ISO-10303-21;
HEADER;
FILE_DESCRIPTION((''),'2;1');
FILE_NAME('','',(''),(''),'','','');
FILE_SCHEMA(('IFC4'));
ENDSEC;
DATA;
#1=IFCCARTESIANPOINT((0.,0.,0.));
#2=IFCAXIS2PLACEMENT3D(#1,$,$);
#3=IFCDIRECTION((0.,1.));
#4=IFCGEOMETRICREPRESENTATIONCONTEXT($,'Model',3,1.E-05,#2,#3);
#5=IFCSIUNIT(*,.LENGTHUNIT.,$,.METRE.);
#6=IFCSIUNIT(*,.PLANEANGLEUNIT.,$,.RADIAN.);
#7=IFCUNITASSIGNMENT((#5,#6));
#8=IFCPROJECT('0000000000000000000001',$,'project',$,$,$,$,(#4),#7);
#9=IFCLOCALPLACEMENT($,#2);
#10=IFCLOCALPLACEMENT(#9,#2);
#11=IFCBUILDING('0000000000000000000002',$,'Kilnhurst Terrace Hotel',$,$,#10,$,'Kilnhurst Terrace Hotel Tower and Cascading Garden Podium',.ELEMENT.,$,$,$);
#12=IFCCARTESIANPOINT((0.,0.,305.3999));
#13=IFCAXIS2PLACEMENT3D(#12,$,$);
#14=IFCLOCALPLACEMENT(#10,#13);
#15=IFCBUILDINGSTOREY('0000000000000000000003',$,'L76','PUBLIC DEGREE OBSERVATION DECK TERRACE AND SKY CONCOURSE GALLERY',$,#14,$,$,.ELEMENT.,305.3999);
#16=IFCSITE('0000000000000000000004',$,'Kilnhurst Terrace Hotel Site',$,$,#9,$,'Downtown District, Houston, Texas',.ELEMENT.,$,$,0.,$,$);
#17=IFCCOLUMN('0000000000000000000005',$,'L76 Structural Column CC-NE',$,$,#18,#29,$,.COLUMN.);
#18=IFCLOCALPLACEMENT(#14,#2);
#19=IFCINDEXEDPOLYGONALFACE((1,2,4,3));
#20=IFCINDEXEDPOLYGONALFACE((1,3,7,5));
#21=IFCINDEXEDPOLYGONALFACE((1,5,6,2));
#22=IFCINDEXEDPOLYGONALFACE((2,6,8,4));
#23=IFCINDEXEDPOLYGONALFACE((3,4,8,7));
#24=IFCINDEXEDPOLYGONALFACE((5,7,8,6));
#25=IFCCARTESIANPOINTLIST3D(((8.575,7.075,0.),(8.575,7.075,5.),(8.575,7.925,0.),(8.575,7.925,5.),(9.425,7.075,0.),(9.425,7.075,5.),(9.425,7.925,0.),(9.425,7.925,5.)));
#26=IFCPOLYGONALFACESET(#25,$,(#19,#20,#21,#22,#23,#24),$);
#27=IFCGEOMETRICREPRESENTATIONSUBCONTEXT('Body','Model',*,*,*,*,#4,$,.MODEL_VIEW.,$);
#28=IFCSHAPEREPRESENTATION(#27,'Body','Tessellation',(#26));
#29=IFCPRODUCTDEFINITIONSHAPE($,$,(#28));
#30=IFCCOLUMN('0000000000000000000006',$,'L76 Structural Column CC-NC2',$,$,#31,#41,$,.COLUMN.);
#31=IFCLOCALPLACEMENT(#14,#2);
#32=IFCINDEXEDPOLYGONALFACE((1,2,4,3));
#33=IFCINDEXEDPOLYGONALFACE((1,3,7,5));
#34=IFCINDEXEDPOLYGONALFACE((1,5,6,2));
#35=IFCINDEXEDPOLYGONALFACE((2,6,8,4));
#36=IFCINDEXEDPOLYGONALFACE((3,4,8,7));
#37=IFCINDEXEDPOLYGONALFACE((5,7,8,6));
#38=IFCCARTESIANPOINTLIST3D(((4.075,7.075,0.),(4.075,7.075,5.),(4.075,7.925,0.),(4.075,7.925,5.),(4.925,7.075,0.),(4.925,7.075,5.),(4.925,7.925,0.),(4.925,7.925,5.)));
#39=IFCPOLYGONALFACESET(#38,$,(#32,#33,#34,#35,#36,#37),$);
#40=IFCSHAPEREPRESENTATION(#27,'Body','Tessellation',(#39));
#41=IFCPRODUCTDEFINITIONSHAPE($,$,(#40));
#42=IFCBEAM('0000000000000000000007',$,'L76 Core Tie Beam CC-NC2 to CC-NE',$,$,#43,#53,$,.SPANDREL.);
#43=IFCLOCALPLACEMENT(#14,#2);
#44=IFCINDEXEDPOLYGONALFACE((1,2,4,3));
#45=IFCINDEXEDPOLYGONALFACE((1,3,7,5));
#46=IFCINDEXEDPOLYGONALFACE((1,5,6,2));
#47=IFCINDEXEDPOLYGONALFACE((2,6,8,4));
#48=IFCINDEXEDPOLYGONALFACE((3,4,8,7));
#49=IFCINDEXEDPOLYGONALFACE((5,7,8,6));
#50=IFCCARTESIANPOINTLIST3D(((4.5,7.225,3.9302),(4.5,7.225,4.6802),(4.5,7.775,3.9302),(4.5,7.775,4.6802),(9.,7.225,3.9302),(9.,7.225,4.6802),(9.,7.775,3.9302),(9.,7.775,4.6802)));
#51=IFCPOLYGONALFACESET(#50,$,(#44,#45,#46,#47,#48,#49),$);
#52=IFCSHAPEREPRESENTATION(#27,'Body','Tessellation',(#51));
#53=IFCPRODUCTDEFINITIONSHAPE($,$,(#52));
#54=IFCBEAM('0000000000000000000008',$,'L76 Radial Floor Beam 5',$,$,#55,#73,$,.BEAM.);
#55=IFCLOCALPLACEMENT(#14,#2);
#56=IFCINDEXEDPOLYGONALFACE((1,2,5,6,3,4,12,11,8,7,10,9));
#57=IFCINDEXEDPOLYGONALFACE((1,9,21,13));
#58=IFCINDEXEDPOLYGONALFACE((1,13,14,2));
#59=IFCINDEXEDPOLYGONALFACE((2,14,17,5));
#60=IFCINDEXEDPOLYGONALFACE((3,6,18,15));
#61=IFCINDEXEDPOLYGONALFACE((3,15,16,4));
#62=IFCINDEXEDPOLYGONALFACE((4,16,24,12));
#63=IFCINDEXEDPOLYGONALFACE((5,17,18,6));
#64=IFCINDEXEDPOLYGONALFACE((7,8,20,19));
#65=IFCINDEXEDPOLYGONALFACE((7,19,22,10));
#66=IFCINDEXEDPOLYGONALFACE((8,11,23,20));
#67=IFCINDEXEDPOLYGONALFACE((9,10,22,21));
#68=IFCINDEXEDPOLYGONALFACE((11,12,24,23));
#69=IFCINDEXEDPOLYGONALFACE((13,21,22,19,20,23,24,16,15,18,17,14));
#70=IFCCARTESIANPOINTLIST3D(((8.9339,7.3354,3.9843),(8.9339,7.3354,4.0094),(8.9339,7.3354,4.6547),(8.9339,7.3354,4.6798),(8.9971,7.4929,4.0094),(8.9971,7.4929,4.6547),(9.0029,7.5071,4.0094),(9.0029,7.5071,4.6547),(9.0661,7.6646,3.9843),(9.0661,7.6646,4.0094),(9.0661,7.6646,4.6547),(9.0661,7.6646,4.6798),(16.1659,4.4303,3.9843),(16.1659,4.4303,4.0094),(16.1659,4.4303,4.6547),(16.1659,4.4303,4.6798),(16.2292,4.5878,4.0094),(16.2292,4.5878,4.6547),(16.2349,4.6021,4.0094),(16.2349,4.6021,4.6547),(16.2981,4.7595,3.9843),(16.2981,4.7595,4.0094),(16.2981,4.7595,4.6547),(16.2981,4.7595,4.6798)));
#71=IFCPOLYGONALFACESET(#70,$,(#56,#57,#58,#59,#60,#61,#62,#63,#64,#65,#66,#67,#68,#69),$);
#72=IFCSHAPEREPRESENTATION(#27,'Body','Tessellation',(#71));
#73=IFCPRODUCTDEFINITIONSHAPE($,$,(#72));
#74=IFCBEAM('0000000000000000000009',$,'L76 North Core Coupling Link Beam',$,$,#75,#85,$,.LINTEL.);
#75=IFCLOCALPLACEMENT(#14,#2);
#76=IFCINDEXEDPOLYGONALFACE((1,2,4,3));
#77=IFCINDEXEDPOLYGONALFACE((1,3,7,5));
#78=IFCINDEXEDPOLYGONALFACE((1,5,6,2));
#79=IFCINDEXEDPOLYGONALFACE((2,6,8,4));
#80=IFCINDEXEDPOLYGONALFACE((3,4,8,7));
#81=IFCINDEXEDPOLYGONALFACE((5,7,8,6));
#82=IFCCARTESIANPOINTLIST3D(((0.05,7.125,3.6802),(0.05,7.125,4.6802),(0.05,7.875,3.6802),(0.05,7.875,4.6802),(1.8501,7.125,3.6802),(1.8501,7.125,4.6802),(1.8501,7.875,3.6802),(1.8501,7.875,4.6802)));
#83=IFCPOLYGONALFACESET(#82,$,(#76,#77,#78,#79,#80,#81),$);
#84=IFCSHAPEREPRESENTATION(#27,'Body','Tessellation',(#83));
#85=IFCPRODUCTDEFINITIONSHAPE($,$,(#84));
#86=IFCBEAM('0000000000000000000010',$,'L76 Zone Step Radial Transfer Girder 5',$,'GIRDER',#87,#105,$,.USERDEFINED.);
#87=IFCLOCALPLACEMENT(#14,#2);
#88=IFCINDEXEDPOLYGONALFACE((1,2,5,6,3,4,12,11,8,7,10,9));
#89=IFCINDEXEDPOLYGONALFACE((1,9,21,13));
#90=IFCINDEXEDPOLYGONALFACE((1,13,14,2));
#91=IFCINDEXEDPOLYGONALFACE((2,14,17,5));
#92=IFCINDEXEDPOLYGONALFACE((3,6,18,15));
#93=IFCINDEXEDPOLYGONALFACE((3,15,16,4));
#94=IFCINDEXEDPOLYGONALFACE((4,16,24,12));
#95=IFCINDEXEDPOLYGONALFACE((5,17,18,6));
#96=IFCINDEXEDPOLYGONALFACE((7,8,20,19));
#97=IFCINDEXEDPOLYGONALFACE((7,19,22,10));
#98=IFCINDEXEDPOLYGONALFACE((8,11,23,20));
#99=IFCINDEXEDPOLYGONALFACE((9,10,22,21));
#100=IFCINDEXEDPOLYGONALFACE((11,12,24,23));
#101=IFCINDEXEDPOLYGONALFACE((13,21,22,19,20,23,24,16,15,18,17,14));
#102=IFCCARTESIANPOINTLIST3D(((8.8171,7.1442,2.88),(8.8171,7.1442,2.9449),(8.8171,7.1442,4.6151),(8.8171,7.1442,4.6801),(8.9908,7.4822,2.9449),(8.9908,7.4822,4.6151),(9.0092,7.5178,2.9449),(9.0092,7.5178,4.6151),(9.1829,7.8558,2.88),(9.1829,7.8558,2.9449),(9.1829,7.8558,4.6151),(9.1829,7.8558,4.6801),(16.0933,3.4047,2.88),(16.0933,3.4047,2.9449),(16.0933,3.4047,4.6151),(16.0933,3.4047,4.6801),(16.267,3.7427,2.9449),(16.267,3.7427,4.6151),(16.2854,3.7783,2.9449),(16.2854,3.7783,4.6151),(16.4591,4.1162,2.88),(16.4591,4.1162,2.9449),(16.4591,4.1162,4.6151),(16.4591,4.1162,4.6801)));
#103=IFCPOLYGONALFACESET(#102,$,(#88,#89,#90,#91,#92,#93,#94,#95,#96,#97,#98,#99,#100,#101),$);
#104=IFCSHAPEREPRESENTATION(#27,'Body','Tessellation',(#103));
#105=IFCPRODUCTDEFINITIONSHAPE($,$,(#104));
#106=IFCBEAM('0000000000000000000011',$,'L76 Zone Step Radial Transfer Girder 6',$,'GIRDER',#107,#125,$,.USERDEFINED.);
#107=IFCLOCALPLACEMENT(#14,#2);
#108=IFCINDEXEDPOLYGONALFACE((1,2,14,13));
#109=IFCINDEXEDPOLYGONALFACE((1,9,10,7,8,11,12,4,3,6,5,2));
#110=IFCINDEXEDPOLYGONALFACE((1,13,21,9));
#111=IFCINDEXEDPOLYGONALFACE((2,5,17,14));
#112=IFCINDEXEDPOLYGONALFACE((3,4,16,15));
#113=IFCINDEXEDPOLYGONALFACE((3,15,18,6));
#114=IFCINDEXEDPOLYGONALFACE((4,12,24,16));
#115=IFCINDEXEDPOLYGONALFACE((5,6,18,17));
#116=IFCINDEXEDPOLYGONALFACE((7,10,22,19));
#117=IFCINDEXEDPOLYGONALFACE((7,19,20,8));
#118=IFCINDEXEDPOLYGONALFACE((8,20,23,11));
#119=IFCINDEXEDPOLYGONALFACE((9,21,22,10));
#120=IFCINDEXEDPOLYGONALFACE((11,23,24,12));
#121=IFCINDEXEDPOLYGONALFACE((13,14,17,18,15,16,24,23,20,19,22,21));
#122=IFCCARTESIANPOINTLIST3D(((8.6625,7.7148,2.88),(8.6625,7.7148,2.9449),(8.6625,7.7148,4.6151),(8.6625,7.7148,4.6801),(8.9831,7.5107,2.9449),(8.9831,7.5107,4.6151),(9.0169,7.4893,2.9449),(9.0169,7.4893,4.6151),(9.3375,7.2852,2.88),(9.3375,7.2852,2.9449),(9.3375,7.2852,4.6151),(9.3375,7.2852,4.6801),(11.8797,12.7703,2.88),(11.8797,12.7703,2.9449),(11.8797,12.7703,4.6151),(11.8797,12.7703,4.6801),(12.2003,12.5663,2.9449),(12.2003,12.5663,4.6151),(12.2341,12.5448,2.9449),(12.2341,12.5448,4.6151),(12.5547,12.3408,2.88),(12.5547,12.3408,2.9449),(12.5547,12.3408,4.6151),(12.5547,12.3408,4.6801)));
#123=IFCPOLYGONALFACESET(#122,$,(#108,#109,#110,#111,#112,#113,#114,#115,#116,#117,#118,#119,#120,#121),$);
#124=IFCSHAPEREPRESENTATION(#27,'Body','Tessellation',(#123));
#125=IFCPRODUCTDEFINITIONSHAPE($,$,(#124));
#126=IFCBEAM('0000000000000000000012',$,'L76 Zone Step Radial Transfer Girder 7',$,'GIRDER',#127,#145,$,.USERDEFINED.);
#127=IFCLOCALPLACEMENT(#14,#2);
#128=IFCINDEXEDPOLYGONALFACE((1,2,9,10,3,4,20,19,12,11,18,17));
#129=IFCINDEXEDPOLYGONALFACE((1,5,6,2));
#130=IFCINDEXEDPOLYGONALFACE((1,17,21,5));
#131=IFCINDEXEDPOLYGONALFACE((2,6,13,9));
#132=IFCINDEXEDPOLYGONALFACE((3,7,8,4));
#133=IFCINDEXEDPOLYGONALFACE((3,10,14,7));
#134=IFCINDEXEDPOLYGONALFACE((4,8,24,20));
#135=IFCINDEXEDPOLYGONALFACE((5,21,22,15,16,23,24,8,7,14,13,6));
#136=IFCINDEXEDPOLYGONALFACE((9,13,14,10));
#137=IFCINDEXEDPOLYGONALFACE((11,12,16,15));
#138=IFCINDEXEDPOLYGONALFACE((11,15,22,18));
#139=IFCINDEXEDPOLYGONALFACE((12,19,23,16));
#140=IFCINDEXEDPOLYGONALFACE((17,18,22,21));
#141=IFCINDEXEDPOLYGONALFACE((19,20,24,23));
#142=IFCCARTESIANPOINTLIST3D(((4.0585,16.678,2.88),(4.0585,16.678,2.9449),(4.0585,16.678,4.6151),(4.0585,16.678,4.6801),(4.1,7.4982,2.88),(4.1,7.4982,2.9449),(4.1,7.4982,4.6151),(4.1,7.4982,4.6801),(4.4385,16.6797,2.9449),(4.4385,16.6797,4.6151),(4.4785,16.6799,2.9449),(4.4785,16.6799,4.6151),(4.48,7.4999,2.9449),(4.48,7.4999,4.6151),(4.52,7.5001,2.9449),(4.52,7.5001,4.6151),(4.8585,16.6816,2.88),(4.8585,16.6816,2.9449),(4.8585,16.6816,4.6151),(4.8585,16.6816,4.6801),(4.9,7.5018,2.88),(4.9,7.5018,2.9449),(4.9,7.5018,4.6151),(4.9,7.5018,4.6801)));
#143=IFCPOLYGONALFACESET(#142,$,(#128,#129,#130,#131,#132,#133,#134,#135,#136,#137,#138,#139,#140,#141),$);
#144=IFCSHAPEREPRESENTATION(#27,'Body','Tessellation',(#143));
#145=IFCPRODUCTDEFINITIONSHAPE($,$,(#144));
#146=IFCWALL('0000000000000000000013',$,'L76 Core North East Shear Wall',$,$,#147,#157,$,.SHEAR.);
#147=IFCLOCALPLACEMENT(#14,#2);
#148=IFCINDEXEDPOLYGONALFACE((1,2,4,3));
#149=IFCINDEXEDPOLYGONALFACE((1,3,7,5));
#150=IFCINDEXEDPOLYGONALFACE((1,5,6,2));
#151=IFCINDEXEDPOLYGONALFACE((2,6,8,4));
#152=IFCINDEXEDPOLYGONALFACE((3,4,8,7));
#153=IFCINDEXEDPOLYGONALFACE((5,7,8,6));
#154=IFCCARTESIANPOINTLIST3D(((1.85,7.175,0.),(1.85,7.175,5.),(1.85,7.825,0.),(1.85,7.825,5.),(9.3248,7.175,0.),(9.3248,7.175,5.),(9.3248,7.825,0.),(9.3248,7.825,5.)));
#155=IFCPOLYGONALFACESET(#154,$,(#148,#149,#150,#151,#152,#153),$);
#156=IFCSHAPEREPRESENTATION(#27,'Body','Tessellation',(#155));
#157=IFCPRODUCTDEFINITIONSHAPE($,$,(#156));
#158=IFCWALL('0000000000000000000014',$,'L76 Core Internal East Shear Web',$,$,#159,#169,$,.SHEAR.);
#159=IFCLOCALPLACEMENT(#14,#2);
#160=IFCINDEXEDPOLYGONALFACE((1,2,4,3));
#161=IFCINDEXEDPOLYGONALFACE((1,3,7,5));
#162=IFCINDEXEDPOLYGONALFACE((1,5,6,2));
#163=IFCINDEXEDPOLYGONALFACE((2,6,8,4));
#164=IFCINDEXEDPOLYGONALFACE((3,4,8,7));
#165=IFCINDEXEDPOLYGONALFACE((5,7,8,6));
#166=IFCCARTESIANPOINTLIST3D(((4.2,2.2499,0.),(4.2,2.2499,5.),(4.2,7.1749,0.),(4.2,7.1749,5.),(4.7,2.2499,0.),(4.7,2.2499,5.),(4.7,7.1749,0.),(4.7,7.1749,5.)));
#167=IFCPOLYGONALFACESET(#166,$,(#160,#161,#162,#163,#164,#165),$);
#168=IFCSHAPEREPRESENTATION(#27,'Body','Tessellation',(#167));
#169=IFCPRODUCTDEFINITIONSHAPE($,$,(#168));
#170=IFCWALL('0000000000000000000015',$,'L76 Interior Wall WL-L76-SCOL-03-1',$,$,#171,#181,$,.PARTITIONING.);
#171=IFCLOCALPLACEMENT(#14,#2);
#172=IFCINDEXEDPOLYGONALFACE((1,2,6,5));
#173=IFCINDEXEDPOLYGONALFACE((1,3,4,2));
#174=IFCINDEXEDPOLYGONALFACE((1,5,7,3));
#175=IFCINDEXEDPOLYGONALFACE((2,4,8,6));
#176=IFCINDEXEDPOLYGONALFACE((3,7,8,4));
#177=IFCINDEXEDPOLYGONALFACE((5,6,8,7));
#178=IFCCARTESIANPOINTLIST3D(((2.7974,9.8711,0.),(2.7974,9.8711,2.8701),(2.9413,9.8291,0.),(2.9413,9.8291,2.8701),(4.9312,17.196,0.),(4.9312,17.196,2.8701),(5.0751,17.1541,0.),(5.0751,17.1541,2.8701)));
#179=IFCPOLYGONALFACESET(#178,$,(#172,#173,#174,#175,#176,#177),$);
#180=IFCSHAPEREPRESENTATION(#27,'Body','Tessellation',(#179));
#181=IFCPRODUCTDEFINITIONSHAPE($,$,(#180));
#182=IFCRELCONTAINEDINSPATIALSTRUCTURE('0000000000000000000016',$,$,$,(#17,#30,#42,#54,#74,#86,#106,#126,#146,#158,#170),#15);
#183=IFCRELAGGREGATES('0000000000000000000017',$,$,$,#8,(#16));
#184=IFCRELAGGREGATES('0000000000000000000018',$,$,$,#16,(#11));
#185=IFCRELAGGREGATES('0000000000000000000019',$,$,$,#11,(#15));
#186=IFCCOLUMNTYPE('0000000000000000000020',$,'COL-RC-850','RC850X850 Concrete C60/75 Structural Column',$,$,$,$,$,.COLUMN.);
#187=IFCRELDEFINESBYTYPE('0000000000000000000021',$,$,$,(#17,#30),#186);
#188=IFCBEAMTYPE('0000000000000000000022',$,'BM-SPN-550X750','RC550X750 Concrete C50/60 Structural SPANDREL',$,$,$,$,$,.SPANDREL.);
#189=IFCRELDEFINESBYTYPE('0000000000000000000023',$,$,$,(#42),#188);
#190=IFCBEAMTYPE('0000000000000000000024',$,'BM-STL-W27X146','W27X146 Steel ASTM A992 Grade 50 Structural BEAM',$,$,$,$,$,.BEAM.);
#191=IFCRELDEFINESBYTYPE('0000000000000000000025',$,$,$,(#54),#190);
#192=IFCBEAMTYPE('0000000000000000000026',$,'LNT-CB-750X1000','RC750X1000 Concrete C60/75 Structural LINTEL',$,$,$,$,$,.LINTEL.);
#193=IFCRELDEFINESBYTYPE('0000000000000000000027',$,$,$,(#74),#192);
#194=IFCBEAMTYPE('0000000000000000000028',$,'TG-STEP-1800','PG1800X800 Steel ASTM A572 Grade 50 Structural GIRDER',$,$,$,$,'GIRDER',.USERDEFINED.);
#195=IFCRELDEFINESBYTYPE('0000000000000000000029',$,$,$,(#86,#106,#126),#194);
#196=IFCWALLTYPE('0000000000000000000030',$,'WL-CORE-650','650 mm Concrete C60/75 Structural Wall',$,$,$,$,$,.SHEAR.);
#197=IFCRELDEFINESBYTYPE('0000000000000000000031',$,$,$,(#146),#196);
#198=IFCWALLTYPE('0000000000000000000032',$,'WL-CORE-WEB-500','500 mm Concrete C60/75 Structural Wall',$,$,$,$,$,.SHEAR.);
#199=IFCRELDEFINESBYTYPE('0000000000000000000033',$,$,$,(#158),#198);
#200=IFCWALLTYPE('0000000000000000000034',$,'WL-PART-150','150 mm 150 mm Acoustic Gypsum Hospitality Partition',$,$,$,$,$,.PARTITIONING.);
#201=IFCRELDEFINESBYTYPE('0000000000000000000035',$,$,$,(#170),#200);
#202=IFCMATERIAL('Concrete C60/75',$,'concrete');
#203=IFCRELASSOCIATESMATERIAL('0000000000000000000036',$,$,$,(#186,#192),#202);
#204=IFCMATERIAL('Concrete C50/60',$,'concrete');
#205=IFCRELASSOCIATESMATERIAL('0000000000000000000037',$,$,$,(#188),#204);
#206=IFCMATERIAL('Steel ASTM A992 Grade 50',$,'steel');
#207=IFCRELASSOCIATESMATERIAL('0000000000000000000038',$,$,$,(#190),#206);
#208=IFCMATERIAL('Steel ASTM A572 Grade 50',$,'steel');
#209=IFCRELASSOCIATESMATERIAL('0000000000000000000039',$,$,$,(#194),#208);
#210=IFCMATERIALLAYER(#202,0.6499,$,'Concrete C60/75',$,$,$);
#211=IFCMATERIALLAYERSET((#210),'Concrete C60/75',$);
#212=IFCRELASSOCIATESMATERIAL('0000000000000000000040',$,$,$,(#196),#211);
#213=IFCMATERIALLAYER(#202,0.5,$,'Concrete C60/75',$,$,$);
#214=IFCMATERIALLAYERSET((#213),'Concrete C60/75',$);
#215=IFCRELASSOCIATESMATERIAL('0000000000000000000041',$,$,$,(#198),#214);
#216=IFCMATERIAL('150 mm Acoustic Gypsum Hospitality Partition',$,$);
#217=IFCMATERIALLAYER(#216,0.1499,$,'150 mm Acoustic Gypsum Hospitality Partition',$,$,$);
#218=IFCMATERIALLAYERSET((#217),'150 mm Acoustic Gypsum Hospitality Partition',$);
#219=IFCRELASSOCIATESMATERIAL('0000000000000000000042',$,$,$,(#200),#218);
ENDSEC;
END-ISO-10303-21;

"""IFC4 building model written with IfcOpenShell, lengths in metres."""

from ifc_helpers import new_model, si_unit, direction, frame, frame_2d, origin, origin_2d, place, context, subcontext, project, spatial, rectangle, i_section, extrude, material, layer, layer_set, material_profile, profile_set, type_object, element, save


model = new_model("IFC4")

# Units and contexts
model_context = context("Model", 3, precision=1e-05, world=origin(), true_north=direction((0.0, 1.0)))
body_context = subcontext(model_context, "Body", "Model", "MODEL_VIEW")
ifc_project = project(units=[si_unit("LENGTHUNIT", "METRE"), si_unit("PLANEANGLEUNIT", "RADIAN")], contexts=[model_context])

# Site, building, storey
site_placement = place(None, origin())
site = spatial("IfcSite", under=ifc_project, at=site_placement, Name="Kilnhurst Terrace Hotel Site", LongName="Downtown District, Houston, Texas", CompositionType="ELEMENT", RefElevation=0.0)
building_placement = place(site_placement, origin())
building = spatial("IfcBuilding", under=site, at=building_placement, Name="Kilnhurst Terrace Hotel", LongName="Kilnhurst Terrace Hotel Tower and Cascading Garden Podium", CompositionType="ELEMENT")
storey_placement = place(building_placement, frame((0.0, 0.0, 305.3999)))
storey = spatial("IfcBuildingStorey", under=building, at=storey_placement, Name="L76", Description="PUBLIC DEGREE OBSERVATION DECK TERRACE AND SKY CONCOURSE GALLERY", CompositionType="ELEMENT", Elevation=305.3999)

# Columns
ifc_material_1 = material(Name="Concrete C60/75", Category="concrete")
ifc_material_profile_1 = material_profile(ifc_material_1, rectangle(XDim=0.8501, YDim=0.8501, at=origin_2d()), Name="RC850X850")
ifc_profile_set_1 = profile_set([ifc_material_profile_1], Name="Concrete C60/75")
column_type = type_object("IfcColumnType", Name="COL-RC-850", Description="RC850X850 Concrete C60/75 Structural Column", PredefinedType="COLUMN", material=ifc_profile_set_1)
for number, where, z_axis, x_axis, name in (
    (1, (9.0, 7.5, 0.0), (0.0, 0.0, 1.0), (1.0, 0.0, 0.0), "L76 Structural Column CC-NE"),
    (2, (4.5, 7.5, 0.0), (0.0, 0.0, 1.0), (1.0, 0.0, 0.0), "L76 Structural Column CC-NC2"),
):
    element("IfcColumn", number, at=place(storey_placement, frame(where, z_axis=z_axis, x_axis=x_axis)), inside=storey, type_object=column_type, Name=name, PredefinedType="COLUMN", context=body_context, shape_type="SweptSolid", body=[
        extrude(rectangle(XDim=0.8501, YDim=0.8501, at=origin_2d()), origin(), (0.0, 0.0, 1.0), 5.0),
    ])

# Beams
ifc_material_2 = material(Name="Concrete C50/60", Category="concrete")
ifc_material_profile_2 = material_profile(ifc_material_2, rectangle(XDim=0.55, YDim=0.75, at=origin_2d()), Name="RC550X750")
ifc_profile_set_2 = profile_set([ifc_material_profile_2], Name="Concrete C50/60")
beam_type_1 = type_object("IfcBeamType", Name="BM-SPN-550X750", Description="RC550X750 Concrete C50/60 Structural SPANDREL", PredefinedType="SPANDREL", material=ifc_profile_set_2)
beam_1_placement = place(storey_placement, frame((4.5, 7.5, 4.3052), z_axis=(1.0, 0.0, 0.0), x_axis=(0.0, 1.0, 0.0)))
element("IfcBeam", 3, at=beam_1_placement, inside=storey, type_object=beam_type_1, Name="L76 Core Tie Beam CC-NC2 to CC-NE", PredefinedType="SPANDREL", context=body_context, shape_type="SweptSolid", body=[
    extrude(rectangle(XDim=0.55, YDim=0.75, at=origin_2d()), origin(), (0.0, 0.0, 1.0), 4.5),
])
ifc_material_3 = material(Name="Steel ASTM A992 Grade 50", Category="steel")
ifc_material_profile_3 = material_profile(ifc_material_3, i_section(OverallWidth=0.3547, OverallDepth=0.6956, WebThickness=0.0154, FlangeThickness=0.0251, at=origin_2d()), Name="W27X146")
ifc_profile_set_3 = profile_set([ifc_material_profile_3], Name="Steel ASTM A992 Grade 50")
beam_type_2 = type_object("IfcBeamType", Name="BM-STL-W27X146", Description="W27X146 Steel ASTM A992 Grade 50 Structural BEAM", PredefinedType="BEAM", material=ifc_profile_set_3)
beam_2_placement = place(storey_placement, frame((9.0, 7.5, 4.332), z_axis=(0.927933, -0.372746, 0.0), x_axis=(0.372746, 0.927933, 0.0)))
element("IfcBeam", 4, at=beam_2_placement, inside=storey, type_object=beam_type_2, Name="L76 Radial Floor Beam 5", PredefinedType="BEAM", context=body_context, shape_type="SweptSolid", body=[
    extrude(i_section(OverallWidth=0.3547, OverallDepth=0.6956, WebThickness=0.0154, FlangeThickness=0.0251, at=origin_2d()), origin(), (0.0, 0.0, 1.0), 7.7937),
])
ifc_material_profile_4 = material_profile(ifc_material_1, rectangle(XDim=0.75, YDim=1.0, at=origin_2d()), Name="RC750X1000")
ifc_profile_set_4 = profile_set([ifc_material_profile_4], Name="Concrete C60/75")
beam_type_3 = type_object("IfcBeamType", Name="LNT-CB-750X1000", Description="RC750X1000 Concrete C60/75 Structural LINTEL", PredefinedType="LINTEL", material=ifc_profile_set_4)
beam_3_placement = place(storey_placement, frame((0.05, 7.5, 4.1802), z_axis=(1.0, 0.0, 0.0), x_axis=(0.0, 1.0, 0.0)))
element("IfcBeam", 5, at=beam_3_placement, inside=storey, type_object=beam_type_3, Name="L76 North Core Coupling Link Beam", PredefinedType="LINTEL", context=body_context, shape_type="SweptSolid", body=[
    extrude(rectangle(XDim=0.75, YDim=1.0, at=origin_2d()), origin(), (0.0, 0.0, 1.0), 1.8),
])
ifc_material_4 = material(Name="Steel ASTM A572 Grade 50", Category="steel")
ifc_material_profile_5 = material_profile(ifc_material_4, i_section(OverallWidth=0.8, OverallDepth=1.8, WebThickness=0.04, FlangeThickness=0.0649, at=origin_2d()), Name="PG1800X800")
ifc_profile_set_5 = profile_set([ifc_material_profile_5], Name="Steel ASTM A572 Grade 50")
beam_type_4 = type_object("IfcBeamType", Name="TG-STEP-1800", Description="PG1800X800 Steel ASTM A572 Grade 50 Structural GIRDER", ElementType="GIRDER", PredefinedType="USERDEFINED", material=ifc_profile_set_5)
beam_4_placement = place(storey_placement, frame((9.0, 7.5, 3.78), z_axis=(0.889412, -0.457106, 0.0), x_axis=(0.457106, 0.889412, 0.0)))
element("IfcBeam", 6, at=beam_4_placement, inside=storey, type_object=beam_type_4, Name="L76 Zone Step Radial Transfer Girder 5", ObjectType="GIRDER", PredefinedType="USERDEFINED", context=body_context, shape_type="SweptSolid", body=[
    extrude(i_section(OverallWidth=0.8, OverallDepth=1.8, WebThickness=0.04, FlangeThickness=0.0649, at=origin_2d()), origin(), (0.0, 0.0, 1.0), 8.1809),
])
beam_5_placement = place(storey_placement, frame((9.0, 7.5, 3.78), z_axis=(0.536881, 0.843658, 0.0), x_axis=(-0.843658, 0.536881, 0.0)))
element("IfcBeam", 7, at=beam_5_placement, inside=storey, type_object=beam_type_4, Name="L76 Zone Step Radial Transfer Girder 6", ObjectType="GIRDER", PredefinedType="USERDEFINED", context=body_context, shape_type="SweptSolid", body=[
    extrude(i_section(OverallWidth=0.8, OverallDepth=1.8, WebThickness=0.04, FlangeThickness=0.0649, at=origin_2d()), origin(), (0.0, 0.0, 1.0), 5.9924),
])
beam_6_placement = place(storey_placement, frame((4.5, 7.5, 3.78), z_axis=(-0.004521, 0.99999, 0.0), x_axis=(-0.99999, -0.004521, 0.0)))
element("IfcBeam", 8, at=beam_6_placement, inside=storey, type_object=beam_type_4, Name="L76 Zone Step Radial Transfer Girder 7", ObjectType="GIRDER", PredefinedType="USERDEFINED", context=body_context, shape_type="SweptSolid", body=[
    extrude(i_section(OverallWidth=0.8, OverallDepth=1.8, WebThickness=0.04, FlangeThickness=0.0649, at=origin_2d()), origin(), (0.0, 0.0, 1.0), 9.1799),
])

# Walls
ifc_layer_1 = layer(ifc_material_1, 0.6499, Name="Concrete C60/75")
ifc_layer_set_1 = layer_set([ifc_layer_1], Name="Concrete C60/75")
wall_type_1 = type_object("IfcWallType", Name="WL-CORE-650", Description="650 mm Concrete C60/75 Structural Wall", PredefinedType="SHEAR", material=ifc_layer_set_1)
wall_1_placement = place(storey_placement, frame((1.8501, 7.5, 0.0), z_axis=(0.0, 0.0, 1.0), x_axis=(1.0, 0.0, 0.0)))
element("IfcWall", 9, at=wall_1_placement, inside=storey, type_object=wall_type_1, Name="L76 Core North East Shear Wall", PredefinedType="SHEAR", context=body_context, shape_type="SweptSolid", body=[
    extrude(rectangle(XDim=7.4749, YDim=0.6499, at=frame_2d((3.7373, 0.0))), origin(), (0.0, 0.0, 1.0), 5.0),
])
ifc_layer_2 = layer(ifc_material_1, 0.5, Name="Concrete C60/75")
ifc_layer_set_2 = layer_set([ifc_layer_2], Name="Concrete C60/75")
wall_type_2 = type_object("IfcWallType", Name="WL-CORE-WEB-500", Description="500 mm Concrete C60/75 Structural Wall", PredefinedType="SHEAR", material=ifc_layer_set_2)
wall_2_placement = place(storey_placement, frame((4.45, 2.25, 0.0), z_axis=(0.0, 0.0, 1.0), x_axis=(0.0, 1.0, 0.0)))
element("IfcWall", 10, at=wall_2_placement, inside=storey, type_object=wall_type_2, Name="L76 Core Internal East Shear Web", PredefinedType="SHEAR", context=body_context, shape_type="SweptSolid", body=[
    extrude(rectangle(XDim=4.925, YDim=0.5, at=frame_2d((2.4624, 0.0))), origin(), (0.0, 0.0, 1.0), 5.0),
])
ifc_material_5 = material(Name="150 mm Acoustic Gypsum Hospitality Partition")
ifc_layer_3 = layer(ifc_material_5, 0.1499, Name="150 mm Acoustic Gypsum Hospitality Partition")
ifc_layer_set_3 = layer_set([ifc_layer_3], Name="150 mm Acoustic Gypsum Hospitality Partition")
wall_type_3 = type_object("IfcWallType", Name="WL-PART-150", Description="150 mm 150 mm Acoustic Gypsum Hospitality Partition", PredefinedType="PARTITIONING", material=ifc_layer_set_3)
wall_3_placement = place(storey_placement, frame((2.8694, 9.8501, 0.0), z_axis=(0.0, 0.0, 1.0), x_axis=(0.279679, 0.960093, 0.0)))
element("IfcWall", 11, at=wall_3_placement, inside=storey, type_object=wall_type_3, Name="L76 Interior Wall WL-L76-SCOL-03-1", PredefinedType="PARTITIONING", context=body_context, shape_type="SweptSolid", body=[
    extrude(rectangle(XDim=7.6294, YDim=0.1499, at=frame_2d((3.8147, 0.0))), origin(), (0.0, 0.0, 1.0), 2.8701),
])

save(model, "model.ifc")
